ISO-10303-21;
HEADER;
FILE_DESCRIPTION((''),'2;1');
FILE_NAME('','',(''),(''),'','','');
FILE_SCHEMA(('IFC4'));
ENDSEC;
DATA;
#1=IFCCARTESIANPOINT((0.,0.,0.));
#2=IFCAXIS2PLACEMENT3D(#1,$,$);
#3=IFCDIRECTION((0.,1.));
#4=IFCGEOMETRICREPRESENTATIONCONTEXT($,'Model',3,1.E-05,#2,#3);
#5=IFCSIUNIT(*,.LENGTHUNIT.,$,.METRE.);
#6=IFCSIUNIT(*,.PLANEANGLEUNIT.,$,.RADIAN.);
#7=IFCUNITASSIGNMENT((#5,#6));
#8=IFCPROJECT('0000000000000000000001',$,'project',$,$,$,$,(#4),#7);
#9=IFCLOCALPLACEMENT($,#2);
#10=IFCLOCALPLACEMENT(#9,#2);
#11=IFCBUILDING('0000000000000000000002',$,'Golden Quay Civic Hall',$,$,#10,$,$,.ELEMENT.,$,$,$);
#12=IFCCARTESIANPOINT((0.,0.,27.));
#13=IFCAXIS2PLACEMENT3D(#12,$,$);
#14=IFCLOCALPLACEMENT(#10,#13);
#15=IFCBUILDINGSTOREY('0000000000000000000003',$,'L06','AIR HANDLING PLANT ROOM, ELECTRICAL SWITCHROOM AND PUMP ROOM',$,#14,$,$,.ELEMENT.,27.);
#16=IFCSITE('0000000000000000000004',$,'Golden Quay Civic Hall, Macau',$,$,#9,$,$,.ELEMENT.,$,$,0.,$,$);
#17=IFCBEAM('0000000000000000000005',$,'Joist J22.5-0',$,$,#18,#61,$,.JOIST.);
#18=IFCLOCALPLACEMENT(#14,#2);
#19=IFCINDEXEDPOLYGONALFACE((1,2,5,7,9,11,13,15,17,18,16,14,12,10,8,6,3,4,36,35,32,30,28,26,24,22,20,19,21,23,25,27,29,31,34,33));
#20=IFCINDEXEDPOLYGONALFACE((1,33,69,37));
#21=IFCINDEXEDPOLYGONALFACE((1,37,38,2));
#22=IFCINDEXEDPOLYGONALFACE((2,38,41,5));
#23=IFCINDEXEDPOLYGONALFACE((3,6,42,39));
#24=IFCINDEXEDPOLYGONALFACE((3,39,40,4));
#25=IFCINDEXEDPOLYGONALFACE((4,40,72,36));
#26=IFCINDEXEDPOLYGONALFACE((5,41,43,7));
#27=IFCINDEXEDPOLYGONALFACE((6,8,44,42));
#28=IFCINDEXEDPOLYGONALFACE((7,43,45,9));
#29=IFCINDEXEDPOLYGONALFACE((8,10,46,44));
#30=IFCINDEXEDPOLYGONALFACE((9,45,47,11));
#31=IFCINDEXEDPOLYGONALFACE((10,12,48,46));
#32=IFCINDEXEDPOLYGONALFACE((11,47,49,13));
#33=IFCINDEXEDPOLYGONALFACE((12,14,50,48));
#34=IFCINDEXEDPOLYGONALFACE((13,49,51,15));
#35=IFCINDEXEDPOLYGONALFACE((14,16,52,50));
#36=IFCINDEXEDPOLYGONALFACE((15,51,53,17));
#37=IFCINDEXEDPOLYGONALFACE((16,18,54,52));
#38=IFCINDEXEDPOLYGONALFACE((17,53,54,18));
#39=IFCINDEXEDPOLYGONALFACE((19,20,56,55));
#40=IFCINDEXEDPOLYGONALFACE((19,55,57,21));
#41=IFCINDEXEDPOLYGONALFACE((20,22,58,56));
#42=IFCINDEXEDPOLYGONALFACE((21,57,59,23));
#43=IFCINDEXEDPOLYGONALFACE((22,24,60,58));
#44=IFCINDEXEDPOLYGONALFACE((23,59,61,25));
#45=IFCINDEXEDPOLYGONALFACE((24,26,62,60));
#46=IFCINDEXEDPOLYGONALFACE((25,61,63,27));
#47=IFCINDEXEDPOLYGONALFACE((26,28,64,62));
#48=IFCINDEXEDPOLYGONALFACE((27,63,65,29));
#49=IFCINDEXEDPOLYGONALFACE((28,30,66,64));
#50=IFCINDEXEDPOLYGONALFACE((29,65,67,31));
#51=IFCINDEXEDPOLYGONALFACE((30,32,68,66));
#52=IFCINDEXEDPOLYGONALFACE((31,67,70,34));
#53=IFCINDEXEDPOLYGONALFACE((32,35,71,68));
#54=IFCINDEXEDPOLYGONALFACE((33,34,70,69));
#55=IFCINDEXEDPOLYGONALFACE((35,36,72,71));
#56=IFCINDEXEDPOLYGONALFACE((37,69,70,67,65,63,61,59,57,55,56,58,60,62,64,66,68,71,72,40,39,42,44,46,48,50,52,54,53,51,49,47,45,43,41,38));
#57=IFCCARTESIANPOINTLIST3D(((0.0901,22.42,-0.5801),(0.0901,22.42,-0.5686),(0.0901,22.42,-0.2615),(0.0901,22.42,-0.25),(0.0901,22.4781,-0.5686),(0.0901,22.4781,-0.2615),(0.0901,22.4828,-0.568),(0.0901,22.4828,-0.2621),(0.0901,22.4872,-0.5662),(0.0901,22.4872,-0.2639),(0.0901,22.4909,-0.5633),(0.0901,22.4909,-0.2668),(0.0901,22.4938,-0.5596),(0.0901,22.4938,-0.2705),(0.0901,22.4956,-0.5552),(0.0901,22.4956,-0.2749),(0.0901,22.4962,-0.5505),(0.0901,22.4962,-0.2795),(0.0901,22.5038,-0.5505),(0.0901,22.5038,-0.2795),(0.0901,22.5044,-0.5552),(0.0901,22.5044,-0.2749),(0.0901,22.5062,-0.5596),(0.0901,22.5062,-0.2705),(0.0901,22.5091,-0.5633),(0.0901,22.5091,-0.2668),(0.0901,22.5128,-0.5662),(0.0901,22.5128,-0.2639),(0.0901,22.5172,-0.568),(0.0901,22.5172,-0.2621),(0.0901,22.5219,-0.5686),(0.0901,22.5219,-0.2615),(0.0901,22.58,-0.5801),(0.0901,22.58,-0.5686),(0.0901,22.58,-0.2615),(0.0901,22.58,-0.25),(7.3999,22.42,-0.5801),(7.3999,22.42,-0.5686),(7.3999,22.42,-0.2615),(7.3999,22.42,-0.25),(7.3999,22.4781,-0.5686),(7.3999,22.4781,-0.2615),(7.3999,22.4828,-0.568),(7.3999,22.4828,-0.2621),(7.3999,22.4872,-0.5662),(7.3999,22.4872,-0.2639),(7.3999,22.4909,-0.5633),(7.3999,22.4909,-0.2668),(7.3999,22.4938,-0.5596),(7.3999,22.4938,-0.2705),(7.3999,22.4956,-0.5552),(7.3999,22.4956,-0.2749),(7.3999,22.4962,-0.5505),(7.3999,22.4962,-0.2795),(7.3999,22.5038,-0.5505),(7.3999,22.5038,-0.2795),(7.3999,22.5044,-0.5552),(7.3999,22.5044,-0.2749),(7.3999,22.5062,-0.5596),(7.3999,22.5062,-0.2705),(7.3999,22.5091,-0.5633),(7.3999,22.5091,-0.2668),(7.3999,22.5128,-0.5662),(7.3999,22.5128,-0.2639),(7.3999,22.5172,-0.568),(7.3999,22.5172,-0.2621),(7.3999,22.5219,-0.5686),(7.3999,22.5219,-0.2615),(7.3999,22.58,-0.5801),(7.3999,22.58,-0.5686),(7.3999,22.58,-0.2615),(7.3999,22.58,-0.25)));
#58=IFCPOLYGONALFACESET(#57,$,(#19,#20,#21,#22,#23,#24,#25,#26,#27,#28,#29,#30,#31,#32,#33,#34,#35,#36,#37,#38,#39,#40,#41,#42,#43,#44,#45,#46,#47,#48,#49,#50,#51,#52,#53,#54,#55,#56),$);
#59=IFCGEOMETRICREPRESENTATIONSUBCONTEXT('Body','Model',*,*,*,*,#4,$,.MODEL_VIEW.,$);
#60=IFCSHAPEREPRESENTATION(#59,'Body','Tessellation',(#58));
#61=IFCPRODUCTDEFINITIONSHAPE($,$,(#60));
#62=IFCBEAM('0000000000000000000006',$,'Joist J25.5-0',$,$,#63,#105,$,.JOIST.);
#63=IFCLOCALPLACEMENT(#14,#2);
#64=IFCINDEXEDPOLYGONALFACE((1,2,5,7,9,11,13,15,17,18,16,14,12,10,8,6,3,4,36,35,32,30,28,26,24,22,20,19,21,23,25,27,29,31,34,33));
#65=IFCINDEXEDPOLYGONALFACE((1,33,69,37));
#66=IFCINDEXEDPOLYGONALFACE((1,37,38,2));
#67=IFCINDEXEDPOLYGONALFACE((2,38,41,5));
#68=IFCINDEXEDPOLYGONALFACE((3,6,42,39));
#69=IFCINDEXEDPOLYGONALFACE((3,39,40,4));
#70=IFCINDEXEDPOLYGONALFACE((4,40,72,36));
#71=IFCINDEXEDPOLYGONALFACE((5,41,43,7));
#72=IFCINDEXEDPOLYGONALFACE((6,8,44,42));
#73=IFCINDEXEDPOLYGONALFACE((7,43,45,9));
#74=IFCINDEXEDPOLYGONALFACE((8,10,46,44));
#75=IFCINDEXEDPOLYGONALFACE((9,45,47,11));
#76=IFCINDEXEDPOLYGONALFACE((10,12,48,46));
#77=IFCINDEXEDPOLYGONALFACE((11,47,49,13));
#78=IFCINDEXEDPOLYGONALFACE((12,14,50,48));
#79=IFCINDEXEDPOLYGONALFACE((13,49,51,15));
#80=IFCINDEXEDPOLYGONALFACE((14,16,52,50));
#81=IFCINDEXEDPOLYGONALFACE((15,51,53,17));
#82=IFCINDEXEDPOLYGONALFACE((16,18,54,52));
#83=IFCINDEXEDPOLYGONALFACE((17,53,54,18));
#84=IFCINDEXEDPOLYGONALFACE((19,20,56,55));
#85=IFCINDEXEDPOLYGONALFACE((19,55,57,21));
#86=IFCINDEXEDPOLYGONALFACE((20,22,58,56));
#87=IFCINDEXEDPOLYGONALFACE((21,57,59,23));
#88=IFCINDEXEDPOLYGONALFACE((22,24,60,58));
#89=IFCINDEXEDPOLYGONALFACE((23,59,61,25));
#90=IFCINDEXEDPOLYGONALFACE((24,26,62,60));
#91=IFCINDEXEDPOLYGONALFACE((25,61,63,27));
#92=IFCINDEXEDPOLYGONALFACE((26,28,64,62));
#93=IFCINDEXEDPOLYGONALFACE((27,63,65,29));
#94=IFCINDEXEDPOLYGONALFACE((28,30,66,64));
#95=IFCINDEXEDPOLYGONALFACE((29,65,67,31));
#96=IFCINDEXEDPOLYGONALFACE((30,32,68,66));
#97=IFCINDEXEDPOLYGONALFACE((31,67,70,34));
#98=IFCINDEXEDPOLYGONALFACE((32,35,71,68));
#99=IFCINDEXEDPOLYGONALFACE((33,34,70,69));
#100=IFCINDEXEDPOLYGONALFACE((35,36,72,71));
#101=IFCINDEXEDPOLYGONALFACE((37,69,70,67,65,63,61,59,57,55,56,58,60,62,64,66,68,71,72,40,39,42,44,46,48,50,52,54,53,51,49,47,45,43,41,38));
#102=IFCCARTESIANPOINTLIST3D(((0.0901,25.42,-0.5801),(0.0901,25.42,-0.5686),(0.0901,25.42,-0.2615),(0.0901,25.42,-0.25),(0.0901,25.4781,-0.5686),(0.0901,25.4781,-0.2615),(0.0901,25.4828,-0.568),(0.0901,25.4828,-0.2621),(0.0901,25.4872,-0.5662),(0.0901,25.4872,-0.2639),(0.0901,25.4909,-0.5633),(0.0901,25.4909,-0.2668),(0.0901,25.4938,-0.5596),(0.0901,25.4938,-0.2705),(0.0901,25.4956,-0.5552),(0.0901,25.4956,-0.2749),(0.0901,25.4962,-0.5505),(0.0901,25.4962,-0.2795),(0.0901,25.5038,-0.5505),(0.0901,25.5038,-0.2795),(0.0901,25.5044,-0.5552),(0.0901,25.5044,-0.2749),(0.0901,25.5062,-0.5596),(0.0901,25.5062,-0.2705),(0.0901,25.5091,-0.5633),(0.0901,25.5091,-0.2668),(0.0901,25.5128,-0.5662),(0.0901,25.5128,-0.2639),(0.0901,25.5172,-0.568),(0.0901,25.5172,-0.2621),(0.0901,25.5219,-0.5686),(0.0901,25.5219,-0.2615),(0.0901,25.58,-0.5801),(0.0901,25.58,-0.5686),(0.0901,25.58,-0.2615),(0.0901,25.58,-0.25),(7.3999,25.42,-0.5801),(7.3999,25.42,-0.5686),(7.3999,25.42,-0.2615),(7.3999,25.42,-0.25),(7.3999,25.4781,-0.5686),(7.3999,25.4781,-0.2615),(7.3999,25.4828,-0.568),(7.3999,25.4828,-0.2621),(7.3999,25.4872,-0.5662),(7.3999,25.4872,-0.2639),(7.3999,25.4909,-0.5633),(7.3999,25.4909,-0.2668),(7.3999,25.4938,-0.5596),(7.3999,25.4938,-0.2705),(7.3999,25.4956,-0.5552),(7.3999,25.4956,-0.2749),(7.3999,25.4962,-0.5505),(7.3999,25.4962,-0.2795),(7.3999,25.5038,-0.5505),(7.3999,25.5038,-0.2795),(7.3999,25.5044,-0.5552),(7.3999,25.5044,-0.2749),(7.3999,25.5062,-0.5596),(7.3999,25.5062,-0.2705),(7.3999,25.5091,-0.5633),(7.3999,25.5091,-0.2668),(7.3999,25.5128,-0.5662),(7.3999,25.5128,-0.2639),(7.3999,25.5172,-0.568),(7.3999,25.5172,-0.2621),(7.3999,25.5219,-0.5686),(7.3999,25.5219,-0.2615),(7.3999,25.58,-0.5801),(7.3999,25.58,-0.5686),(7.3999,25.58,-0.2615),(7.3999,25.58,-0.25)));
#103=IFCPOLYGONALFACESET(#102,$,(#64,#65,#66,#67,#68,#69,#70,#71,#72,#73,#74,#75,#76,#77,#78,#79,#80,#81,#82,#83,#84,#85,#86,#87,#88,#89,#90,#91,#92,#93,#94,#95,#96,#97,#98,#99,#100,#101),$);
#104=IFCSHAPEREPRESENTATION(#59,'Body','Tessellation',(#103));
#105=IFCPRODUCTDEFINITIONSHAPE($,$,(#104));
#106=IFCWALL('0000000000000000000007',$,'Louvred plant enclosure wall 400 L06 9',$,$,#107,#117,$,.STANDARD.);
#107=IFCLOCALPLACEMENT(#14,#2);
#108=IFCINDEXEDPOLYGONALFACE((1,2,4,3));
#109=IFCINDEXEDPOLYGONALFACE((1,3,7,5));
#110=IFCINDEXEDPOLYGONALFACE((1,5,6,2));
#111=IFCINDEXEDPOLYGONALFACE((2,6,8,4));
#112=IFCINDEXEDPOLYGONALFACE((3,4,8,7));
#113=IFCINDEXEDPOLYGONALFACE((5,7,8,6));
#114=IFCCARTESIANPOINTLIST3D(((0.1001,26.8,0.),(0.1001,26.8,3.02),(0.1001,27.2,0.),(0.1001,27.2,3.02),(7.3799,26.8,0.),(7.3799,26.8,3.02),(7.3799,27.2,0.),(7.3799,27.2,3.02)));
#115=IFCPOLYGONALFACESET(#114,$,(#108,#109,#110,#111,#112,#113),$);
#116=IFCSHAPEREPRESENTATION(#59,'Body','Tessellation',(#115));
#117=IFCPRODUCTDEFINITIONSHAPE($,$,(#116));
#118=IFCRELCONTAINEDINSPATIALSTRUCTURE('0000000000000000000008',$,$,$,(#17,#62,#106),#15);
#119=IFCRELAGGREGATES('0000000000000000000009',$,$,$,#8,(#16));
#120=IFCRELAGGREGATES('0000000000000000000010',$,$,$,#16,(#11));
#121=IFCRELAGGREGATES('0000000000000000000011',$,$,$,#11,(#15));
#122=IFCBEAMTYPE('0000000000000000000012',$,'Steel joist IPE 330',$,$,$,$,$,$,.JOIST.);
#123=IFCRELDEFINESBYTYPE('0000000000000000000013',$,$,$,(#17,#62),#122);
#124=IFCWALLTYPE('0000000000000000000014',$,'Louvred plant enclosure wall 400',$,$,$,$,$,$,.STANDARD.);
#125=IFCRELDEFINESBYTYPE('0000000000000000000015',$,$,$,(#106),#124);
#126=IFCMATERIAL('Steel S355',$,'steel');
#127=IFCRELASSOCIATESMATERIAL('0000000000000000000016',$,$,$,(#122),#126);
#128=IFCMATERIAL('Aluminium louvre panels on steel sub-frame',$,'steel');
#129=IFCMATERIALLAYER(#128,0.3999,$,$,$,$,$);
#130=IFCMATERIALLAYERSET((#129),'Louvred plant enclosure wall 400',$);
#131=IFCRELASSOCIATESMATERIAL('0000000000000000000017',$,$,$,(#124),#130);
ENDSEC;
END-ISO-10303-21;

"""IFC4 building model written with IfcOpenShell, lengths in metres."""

from ifc_helpers import new_model, si_unit, direction, frame, frame_2d, origin, origin_2d, place, context, subcontext, project, spatial, rectangle, i_section, extrude, material, layer, layer_set, material_profile, profile_set, type_object, element, save


model = new_model("IFC4")

# Units and contexts
model_context = context("Model", 3, precision=1e-05, world=origin(), true_north=direction((0.0, 1.0)))
body_context = subcontext(model_context, "Body", "Model", "MODEL_VIEW")
ifc_project = project(units=[si_unit("LENGTHUNIT", "METRE"), si_unit("PLANEANGLEUNIT", "RADIAN")], contexts=[model_context])

# Site, building, storey
site_placement = place(None, origin())
site = spatial("IfcSite", under=ifc_project, at=site_placement, Name="Golden Quay Civic Hall, Macau", CompositionType="ELEMENT", RefElevation=0.0)
building_placement = place(site_placement, origin())
building = spatial("IfcBuilding", under=site, at=building_placement, Name="Golden Quay Civic Hall", CompositionType="ELEMENT")
storey_placement = place(building_placement, frame((0.0, 0.0, 27.0)))
storey = spatial("IfcBuildingStorey", under=building, at=storey_placement, Name="L06", Description="AIR HANDLING PLANT ROOM, ELECTRICAL SWITCHROOM AND PUMP ROOM", CompositionType="ELEMENT", Elevation=27.0)

# Beams
ifc_material_1 = material(Name="Steel S355", Category="steel")
ifc_material_profile_1 = material_profile(ifc_material_1, i_section(OverallWidth=0.1599, OverallDepth=0.3301, WebThickness=0.0076, FlangeThickness=0.0115, FilletRadius=0.0181, at=origin_2d()), Name="IPE 330")
ifc_profile_set_1 = profile_set([ifc_material_profile_1], Name="Steel S355")
beam_type_1 = type_object("IfcBeamType", Name="Steel joist IPE 330", PredefinedType="JOIST", material=ifc_profile_set_1)
for number, where, z_axis, x_axis, name in (
    (1, (0.0901, 22.5, -0.415), (1.0, 0.0, 0.0), (0.0, 1.0, 0.0), "Joist J22.5-0"),
    (2, (0.0901, 25.5, -0.415), (1.0, 0.0, 0.0), (0.0, 1.0, 0.0), "Joist J25.5-0"),
):
    element("IfcBeam", number, at=place(storey_placement, frame(where, z_axis=z_axis, x_axis=x_axis)), inside=storey, type_object=beam_type_1, Name=name, PredefinedType="JOIST", context=body_context, shape_type="SweptSolid", body=[
        extrude(i_section(OverallWidth=0.1599, OverallDepth=0.3301, WebThickness=0.0076, FlangeThickness=0.0115, FilletRadius=0.0181, at=origin_2d()), origin(), (0.0, 0.0, 1.0), 7.3098),
    ])

# Wall
ifc_material_2 = material(Name="Aluminium louvre panels on steel sub-frame", Category="steel")
ifc_layer = layer(ifc_material_2, 0.3999)
ifc_layer_set = layer_set([ifc_layer], Name="Louvred plant enclosure wall 400")
wall_type = type_object("IfcWallType", Name="Louvred plant enclosure wall 400", PredefinedType="STANDARD", material=ifc_layer_set)
wall_placement = place(storey_placement, frame((7.3799, 27.0, 0.0), z_axis=(0.0, 0.0, 1.0), x_axis=(-1.0, 0.0, 0.0)))
element("IfcWall", 3, at=wall_placement, inside=storey, type_object=wall_type, Name="Louvred plant enclosure wall 400 L06 9", PredefinedType="STANDARD", context=body_context, shape_type="SweptSolid", body=[
    extrude(rectangle(XDim=7.2798, YDim=0.3999, at=frame_2d((3.6399, 0.0))), origin(), (0.0, 0.0, 1.0), 3.02),
])

save(model, "model.ifc")
